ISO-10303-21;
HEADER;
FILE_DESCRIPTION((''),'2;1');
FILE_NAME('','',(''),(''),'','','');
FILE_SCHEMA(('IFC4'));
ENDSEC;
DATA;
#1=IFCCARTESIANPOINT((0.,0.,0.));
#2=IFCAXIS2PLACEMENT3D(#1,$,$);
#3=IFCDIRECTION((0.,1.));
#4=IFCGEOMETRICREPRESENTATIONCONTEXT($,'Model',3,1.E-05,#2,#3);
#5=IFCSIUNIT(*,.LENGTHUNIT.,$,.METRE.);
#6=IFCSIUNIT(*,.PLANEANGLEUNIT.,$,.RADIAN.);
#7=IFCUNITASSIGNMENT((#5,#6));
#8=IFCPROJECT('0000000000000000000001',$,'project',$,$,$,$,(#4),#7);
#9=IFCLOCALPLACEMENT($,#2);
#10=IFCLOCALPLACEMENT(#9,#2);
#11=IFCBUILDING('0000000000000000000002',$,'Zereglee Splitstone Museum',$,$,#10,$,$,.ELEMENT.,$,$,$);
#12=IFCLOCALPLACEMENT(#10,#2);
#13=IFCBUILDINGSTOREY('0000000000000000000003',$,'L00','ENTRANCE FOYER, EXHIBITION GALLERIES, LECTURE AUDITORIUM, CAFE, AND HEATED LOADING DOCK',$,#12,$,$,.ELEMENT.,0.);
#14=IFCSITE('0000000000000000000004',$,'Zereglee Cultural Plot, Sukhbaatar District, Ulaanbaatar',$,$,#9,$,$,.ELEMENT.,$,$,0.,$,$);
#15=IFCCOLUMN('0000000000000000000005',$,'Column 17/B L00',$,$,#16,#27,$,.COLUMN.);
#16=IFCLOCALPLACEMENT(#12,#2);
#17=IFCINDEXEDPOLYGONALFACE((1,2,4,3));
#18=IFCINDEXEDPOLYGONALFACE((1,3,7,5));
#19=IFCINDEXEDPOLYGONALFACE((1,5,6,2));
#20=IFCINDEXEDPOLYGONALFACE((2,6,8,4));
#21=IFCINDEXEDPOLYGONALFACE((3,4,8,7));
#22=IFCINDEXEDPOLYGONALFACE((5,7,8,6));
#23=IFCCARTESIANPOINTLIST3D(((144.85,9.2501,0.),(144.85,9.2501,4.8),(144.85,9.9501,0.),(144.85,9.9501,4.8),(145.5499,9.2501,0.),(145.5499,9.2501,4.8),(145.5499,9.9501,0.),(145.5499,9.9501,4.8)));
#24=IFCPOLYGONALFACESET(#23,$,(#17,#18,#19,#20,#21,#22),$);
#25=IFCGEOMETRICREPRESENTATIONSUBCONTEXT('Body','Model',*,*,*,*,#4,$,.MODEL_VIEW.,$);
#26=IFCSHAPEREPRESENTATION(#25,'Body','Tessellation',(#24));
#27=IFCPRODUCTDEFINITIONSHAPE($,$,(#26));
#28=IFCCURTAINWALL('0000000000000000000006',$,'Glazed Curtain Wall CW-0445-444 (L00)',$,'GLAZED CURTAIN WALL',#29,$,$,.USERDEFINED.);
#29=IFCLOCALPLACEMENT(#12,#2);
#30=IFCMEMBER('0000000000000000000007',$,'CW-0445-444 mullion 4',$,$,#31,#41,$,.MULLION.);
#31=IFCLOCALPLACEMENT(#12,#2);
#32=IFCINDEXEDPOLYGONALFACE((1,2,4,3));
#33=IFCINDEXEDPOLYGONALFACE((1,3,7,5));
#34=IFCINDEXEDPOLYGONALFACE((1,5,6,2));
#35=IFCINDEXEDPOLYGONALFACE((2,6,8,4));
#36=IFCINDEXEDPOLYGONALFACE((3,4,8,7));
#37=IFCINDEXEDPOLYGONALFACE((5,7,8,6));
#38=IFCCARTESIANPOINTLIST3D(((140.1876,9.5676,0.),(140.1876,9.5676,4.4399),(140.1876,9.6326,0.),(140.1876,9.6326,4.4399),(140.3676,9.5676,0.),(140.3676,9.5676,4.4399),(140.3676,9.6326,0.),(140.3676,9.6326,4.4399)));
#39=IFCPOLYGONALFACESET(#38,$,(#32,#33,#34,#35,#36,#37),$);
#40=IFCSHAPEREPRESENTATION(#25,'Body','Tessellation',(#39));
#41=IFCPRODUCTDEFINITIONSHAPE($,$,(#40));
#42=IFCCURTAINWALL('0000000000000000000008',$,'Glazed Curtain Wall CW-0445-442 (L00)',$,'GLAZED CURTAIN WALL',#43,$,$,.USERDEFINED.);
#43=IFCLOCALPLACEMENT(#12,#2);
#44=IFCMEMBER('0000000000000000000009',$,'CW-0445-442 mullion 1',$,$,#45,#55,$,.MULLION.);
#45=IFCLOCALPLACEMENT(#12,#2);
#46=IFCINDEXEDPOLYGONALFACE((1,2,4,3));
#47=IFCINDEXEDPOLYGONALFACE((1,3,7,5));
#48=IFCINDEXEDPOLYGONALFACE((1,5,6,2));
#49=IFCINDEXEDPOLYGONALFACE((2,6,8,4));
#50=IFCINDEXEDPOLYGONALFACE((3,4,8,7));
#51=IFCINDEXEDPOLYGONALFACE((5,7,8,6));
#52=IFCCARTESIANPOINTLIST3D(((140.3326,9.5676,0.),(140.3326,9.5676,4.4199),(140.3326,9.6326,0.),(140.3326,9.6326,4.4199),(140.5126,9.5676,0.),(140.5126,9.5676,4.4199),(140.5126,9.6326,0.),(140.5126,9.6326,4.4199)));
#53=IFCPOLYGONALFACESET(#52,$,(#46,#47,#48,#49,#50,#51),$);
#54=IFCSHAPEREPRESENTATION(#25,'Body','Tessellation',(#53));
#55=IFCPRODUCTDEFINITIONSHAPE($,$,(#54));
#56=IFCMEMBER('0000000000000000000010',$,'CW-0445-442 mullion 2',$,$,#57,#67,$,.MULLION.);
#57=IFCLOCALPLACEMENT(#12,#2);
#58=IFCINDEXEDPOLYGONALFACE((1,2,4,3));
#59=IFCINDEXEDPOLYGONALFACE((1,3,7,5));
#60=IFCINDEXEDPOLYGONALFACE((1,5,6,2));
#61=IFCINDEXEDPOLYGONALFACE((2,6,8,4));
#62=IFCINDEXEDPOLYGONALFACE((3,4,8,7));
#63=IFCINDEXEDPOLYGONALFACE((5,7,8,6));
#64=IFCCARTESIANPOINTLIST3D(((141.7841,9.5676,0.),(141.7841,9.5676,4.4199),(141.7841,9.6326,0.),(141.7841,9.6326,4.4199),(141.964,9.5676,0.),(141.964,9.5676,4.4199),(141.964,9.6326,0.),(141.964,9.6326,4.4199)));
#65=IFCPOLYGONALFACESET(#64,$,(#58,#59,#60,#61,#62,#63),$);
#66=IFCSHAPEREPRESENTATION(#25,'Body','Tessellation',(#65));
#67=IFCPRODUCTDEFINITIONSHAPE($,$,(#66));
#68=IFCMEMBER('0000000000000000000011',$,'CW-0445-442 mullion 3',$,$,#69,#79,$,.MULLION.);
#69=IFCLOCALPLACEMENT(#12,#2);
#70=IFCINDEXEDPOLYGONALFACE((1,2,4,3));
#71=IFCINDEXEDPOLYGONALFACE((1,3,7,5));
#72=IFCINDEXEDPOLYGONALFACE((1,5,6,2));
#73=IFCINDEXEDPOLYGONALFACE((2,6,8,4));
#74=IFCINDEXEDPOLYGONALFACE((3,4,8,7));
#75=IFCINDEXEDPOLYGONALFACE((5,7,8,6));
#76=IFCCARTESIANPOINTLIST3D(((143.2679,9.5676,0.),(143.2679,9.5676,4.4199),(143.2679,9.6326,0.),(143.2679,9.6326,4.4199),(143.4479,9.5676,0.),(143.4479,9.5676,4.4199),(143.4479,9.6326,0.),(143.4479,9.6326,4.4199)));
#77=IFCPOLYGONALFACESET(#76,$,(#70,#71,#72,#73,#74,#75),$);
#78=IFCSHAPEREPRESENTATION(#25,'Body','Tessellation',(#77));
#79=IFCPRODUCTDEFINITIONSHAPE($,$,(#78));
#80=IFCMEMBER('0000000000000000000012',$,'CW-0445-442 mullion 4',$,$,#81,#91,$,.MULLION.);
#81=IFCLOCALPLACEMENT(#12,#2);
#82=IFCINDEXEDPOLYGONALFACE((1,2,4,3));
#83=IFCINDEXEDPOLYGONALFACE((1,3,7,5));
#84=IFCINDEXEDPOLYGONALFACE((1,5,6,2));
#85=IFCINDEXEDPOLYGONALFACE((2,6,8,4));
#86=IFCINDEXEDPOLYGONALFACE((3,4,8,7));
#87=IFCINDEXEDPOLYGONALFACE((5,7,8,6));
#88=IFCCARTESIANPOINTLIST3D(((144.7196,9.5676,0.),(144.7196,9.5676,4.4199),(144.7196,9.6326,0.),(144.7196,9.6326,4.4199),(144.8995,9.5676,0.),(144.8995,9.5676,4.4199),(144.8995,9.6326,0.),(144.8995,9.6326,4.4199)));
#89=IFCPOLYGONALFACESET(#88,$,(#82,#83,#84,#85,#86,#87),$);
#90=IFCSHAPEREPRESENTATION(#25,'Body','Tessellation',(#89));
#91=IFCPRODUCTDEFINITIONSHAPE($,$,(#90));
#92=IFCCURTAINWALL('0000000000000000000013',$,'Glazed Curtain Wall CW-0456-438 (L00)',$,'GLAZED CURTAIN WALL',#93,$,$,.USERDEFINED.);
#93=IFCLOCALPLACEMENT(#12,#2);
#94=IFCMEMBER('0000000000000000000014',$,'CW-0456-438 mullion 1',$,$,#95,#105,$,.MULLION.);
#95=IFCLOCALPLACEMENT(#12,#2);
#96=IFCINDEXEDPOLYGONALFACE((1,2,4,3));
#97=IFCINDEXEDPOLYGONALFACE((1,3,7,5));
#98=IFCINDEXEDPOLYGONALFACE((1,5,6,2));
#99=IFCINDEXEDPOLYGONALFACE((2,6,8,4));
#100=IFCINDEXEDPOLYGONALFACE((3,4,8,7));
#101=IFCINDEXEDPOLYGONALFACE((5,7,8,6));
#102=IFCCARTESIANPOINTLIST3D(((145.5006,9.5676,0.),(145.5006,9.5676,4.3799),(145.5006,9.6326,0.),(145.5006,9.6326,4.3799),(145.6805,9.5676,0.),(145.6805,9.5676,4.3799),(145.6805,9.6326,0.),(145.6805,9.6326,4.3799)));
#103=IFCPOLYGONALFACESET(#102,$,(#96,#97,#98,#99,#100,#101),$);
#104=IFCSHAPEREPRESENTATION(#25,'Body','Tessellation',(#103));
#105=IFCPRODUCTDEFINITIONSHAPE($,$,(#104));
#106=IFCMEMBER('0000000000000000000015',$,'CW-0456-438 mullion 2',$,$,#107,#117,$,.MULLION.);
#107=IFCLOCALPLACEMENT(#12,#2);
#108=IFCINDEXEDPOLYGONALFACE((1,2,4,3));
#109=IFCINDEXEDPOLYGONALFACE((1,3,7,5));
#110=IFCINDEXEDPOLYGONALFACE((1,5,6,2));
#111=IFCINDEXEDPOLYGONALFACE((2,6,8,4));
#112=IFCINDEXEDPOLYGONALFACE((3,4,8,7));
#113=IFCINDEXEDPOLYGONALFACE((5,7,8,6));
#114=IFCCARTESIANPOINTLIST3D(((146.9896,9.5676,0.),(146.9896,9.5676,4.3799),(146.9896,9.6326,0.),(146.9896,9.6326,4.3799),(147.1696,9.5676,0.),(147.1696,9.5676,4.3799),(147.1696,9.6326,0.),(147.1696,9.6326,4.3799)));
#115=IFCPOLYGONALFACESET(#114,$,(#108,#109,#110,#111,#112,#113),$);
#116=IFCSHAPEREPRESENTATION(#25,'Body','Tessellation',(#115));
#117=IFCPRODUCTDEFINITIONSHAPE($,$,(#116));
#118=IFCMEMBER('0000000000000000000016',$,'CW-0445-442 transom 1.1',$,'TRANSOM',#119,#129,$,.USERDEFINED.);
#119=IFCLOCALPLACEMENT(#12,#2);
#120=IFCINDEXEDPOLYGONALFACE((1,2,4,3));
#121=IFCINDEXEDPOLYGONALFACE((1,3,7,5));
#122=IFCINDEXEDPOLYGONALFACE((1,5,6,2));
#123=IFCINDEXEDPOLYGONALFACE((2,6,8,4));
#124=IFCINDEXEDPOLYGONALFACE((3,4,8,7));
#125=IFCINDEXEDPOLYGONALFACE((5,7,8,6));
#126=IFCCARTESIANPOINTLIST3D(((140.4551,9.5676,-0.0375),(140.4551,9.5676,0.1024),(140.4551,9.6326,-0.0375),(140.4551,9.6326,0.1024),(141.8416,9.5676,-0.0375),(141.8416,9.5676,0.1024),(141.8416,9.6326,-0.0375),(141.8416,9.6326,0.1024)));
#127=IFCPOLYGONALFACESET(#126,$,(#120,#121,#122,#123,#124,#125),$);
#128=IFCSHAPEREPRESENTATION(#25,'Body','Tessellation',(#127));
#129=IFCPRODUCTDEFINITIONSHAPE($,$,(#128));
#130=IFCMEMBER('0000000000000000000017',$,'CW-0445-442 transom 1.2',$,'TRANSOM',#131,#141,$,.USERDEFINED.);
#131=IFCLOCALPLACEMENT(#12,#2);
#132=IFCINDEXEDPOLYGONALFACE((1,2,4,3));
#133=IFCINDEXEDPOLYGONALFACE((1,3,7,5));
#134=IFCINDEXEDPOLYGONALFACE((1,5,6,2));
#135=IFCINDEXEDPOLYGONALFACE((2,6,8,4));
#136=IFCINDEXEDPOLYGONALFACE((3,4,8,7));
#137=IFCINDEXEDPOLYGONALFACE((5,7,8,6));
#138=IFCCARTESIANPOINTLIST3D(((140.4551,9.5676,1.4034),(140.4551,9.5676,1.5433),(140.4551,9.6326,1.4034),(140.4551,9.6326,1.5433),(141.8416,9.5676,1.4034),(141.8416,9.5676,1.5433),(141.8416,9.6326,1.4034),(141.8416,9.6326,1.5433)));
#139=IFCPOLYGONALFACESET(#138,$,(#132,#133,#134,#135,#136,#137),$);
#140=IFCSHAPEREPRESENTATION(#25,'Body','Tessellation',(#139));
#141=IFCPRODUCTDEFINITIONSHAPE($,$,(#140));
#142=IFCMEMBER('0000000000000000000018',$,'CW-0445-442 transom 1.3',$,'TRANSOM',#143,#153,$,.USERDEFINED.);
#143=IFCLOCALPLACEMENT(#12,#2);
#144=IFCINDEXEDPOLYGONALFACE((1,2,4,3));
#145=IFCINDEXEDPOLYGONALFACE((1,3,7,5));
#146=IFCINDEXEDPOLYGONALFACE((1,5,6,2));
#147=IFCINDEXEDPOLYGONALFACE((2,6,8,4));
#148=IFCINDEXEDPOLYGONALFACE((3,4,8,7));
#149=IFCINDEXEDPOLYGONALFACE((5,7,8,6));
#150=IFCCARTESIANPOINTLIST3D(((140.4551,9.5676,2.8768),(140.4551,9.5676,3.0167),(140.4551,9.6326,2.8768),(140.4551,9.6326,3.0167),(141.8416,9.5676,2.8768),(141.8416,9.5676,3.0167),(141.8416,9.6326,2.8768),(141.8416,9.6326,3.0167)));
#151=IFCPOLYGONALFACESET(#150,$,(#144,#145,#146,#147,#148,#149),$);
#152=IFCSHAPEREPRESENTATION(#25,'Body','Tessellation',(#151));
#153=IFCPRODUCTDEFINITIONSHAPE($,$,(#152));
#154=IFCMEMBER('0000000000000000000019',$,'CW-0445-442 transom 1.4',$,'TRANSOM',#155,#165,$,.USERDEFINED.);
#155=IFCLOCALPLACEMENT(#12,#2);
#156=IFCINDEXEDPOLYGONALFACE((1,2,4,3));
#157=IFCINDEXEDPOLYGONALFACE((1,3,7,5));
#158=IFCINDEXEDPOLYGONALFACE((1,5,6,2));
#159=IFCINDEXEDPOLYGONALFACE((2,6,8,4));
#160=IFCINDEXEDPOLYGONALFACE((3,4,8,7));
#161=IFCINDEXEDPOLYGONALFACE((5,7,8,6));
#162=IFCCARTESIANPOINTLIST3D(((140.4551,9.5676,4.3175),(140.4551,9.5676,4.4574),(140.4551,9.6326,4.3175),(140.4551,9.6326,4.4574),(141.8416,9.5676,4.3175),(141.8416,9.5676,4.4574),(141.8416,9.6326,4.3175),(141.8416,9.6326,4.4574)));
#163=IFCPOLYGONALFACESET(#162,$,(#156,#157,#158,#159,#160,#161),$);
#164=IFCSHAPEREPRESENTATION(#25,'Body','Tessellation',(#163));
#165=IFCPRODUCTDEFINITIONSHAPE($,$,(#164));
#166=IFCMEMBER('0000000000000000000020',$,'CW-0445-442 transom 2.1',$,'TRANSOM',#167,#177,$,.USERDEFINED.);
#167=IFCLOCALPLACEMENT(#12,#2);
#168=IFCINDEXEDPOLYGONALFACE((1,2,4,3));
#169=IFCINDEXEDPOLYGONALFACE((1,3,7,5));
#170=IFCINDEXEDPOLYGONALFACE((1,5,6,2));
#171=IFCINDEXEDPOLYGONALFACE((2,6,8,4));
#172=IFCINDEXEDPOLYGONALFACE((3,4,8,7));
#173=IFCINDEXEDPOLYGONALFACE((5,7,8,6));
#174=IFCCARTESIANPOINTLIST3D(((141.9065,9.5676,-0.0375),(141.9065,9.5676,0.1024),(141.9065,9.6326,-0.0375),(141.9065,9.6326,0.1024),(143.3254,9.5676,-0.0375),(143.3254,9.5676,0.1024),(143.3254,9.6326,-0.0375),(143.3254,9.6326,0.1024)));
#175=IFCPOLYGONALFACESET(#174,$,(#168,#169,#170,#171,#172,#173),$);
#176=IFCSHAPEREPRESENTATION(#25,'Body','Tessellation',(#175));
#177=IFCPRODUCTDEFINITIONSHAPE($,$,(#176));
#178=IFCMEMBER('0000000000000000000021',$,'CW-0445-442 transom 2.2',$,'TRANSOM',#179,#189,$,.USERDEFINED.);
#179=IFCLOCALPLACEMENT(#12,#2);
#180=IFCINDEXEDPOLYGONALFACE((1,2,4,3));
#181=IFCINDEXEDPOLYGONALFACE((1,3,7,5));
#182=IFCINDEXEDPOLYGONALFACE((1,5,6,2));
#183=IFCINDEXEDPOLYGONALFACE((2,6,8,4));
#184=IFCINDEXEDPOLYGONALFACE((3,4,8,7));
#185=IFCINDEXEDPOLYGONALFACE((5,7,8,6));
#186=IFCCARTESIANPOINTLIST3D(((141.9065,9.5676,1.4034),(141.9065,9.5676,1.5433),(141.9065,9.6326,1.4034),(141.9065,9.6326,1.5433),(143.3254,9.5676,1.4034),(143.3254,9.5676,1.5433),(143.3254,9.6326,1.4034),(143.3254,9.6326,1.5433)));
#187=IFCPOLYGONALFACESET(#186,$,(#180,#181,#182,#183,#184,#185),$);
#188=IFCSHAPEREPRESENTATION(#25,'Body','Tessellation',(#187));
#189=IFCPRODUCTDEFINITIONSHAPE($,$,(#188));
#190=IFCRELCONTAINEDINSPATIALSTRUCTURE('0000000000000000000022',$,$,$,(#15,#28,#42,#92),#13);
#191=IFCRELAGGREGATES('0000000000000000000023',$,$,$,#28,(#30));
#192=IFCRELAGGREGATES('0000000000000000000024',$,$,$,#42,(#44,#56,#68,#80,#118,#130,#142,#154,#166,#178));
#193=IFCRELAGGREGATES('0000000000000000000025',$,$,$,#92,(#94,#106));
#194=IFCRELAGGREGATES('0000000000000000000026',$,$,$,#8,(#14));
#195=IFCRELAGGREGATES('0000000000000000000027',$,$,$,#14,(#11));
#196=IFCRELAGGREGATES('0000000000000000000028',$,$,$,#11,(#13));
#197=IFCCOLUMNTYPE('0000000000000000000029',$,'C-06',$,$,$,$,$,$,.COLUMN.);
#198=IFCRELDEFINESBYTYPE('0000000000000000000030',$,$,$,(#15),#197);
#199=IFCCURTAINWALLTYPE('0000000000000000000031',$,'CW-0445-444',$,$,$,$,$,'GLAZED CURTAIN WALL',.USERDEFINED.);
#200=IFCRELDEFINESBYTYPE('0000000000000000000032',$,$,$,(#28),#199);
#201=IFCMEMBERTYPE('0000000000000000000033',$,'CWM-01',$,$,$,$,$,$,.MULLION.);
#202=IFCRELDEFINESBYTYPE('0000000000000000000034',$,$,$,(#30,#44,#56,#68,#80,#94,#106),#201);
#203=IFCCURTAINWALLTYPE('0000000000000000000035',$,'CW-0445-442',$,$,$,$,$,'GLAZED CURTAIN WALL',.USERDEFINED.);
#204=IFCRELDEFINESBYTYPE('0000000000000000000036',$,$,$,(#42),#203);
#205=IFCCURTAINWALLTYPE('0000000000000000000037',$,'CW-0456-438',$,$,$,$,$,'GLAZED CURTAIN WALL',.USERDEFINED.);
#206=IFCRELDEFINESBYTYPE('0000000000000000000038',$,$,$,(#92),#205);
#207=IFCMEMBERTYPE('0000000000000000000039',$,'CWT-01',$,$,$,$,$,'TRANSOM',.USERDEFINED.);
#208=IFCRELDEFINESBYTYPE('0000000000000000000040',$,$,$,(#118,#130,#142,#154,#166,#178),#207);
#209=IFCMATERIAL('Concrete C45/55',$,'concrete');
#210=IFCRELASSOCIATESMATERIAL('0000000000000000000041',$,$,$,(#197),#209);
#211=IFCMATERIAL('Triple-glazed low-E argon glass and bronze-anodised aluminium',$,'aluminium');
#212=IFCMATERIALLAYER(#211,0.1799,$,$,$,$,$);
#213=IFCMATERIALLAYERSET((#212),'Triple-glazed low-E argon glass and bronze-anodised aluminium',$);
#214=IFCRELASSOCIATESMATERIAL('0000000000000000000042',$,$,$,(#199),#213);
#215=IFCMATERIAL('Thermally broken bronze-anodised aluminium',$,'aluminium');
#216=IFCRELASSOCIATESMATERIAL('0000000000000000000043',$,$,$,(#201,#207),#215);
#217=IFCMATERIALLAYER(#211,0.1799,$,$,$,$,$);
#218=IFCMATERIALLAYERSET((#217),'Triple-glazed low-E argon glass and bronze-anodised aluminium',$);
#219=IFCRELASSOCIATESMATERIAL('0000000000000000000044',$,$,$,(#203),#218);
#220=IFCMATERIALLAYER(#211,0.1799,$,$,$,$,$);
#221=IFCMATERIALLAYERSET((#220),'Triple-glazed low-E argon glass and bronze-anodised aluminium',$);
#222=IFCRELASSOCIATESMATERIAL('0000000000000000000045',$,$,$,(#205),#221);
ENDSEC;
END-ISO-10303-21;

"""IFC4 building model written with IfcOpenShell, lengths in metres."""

from ifc_helpers import new_model, si_unit, direction, frame, origin, origin_2d, place, context, subcontext, project, spatial, rectangle, extrude, material, layer, layer_set, material_profile, profile_set, type_object, element, aggregate, save


model = new_model("IFC4")

# Units and contexts
model_context = context("Model", 3, precision=1e-05, world=origin(), true_north=direction((0.0, 1.0)))
body_context = subcontext(model_context, "Body", "Model", "MODEL_VIEW")
ifc_project = project(units=[si_unit("LENGTHUNIT", "METRE"), si_unit("PLANEANGLEUNIT", "RADIAN")], contexts=[model_context])

# Site, building, storey
site_placement = place(None, origin())
site = spatial("IfcSite", under=ifc_project, at=site_placement, Name="Zereglee Cultural Plot, Sukhbaatar District, Ulaanbaatar", CompositionType="ELEMENT", RefElevation=0.0)
building_placement = place(site_placement, origin())
building = spatial("IfcBuilding", under=site, at=building_placement, Name="Zereglee Splitstone Museum", CompositionType="ELEMENT")
storey_placement = place(building_placement, origin())
storey = spatial("IfcBuildingStorey", under=building, at=storey_placement, Name="L00", Description="ENTRANCE FOYER, EXHIBITION GALLERIES, LECTURE AUDITORIUM, CAFE, AND HEATED LOADING DOCK", CompositionType="ELEMENT", Elevation=0.0)

# Column
ifc_material_1 = material(Name="Concrete C45/55", Category="concrete")
ifc_material_profile_1 = material_profile(ifc_material_1, rectangle(XDim=0.7, YDim=0.7, at=origin_2d()), Name="RC 700x700")
ifc_profile_set_1 = profile_set([ifc_material_profile_1], Name="Concrete C45/55")
column_type = type_object("IfcColumnType", Name="C-06", PredefinedType="COLUMN", material=ifc_profile_set_1)
column_placement = place(storey_placement, frame((145.2, 9.6001, 0.0), z_axis=(0.0, 0.0, 1.0), x_axis=(1.0, 0.0, 0.0)))
element("IfcColumn", 1, at=column_placement, inside=storey, type_object=column_type, Name="Column 17/B L00", PredefinedType="COLUMN", context=body_context, shape_type="SweptSolid", body=[
    extrude(rectangle(XDim=0.7, YDim=0.7, at=origin_2d()), origin(), (0.0, 0.0, 1.0), 4.8),
])

# Curtain wall, member
ifc_material_2 = material(Name="Triple-glazed low-E argon glass and bronze-anodised aluminium", Category="aluminium")
ifc_layer_1 = layer(ifc_material_2, 0.1799)
ifc_layer_set_1 = layer_set([ifc_layer_1], Name="Triple-glazed low-E argon glass and bronze-anodised aluminium")
curtain_wall_type_1 = type_object("IfcCurtainWallType", Name="CW-0445-444", ElementType="GLAZED CURTAIN WALL", PredefinedType="USERDEFINED", material=ifc_layer_set_1)
curtain_wall_1_placement = place(storey_placement, origin())
curtain_wall_1 = element("IfcCurtainWall", 2, at=curtain_wall_1_placement, inside=storey, type_object=curtain_wall_type_1, Name="Glazed Curtain Wall CW-0445-444 (L00)", ObjectType="GLAZED CURTAIN WALL", PredefinedType="USERDEFINED")
ifc_material_3 = material(Name="Thermally broken bronze-anodised aluminium", Category="aluminium")
ifc_material_profile_2 = material_profile(ifc_material_3, rectangle(XDim=0.0649, YDim=0.1799, at=origin_2d()), Name="CW MULL 65x180")
ifc_profile_set_2 = profile_set([ifc_material_profile_2], Name="Thermally broken bronze-anodised aluminium")
member_type_1 = type_object("IfcMemberType", Name="CWM-01", PredefinedType="MULLION", material=ifc_profile_set_2)
member_1_placement = place(storey_placement, frame((140.2776, 9.6001, 0.0), z_axis=(0.0, 0.0, 1.0), x_axis=(0.0, 1.0, 0.0)))
member_1 = element("IfcMember", 3, at=member_1_placement, type_object=member_type_1, Name="CW-0445-444 mullion 4", PredefinedType="MULLION", context=body_context, shape_type="SweptSolid", body=[
    extrude(rectangle(XDim=0.0649, YDim=0.1799, at=origin_2d()), origin(), (0.0, 0.0, 1.0), 4.4399),
])
aggregate(curtain_wall_1, [member_1])

# Curtain walls, members
ifc_layer_2 = layer(ifc_material_2, 0.1799)
ifc_layer_set_2 = layer_set([ifc_layer_2], Name="Triple-glazed low-E argon glass and bronze-anodised aluminium")
curtain_wall_type_2 = type_object("IfcCurtainWallType", Name="CW-0445-442", ElementType="GLAZED CURTAIN WALL", PredefinedType="USERDEFINED", material=ifc_layer_set_2)
curtain_wall_2_placement = place(storey_placement, origin())
curtain_wall_2 = element("IfcCurtainWall", 4, at=curtain_wall_2_placement, inside=storey, type_object=curtain_wall_type_2, Name="Glazed Curtain Wall CW-0445-442 (L00)", ObjectType="GLAZED CURTAIN WALL", PredefinedType="USERDEFINED")
member_2_placement = place(storey_placement, frame((140.4226, 9.6001, 0.0), z_axis=(0.0, 0.0, 1.0), x_axis=(0.0, 1.0, 0.0)))
member_2 = element("IfcMember", 5, at=member_2_placement, type_object=member_type_1, Name="CW-0445-442 mullion 1", PredefinedType="MULLION", context=body_context, shape_type="SweptSolid", body=[
    extrude(rectangle(XDim=0.0649, YDim=0.1799, at=origin_2d()), origin(), (0.0, 0.0, 1.0), 4.4199),
])
member_3_placement = place(storey_placement, frame((141.874, 9.6001, 0.0), z_axis=(0.0, 0.0, 1.0), x_axis=(0.0, 1.0, 0.0)))
member_3 = element("IfcMember", 6, at=member_3_placement, type_object=member_type_1, Name="CW-0445-442 mullion 2", PredefinedType="MULLION", context=body_context, shape_type="SweptSolid", body=[
    extrude(rectangle(XDim=0.0649, YDim=0.1799, at=origin_2d()), origin(), (0.0, 0.0, 1.0), 4.4199),
])
member_4_placement = place(storey_placement, frame((143.3579, 9.6001, 0.0), z_axis=(0.0, 0.0, 1.0), x_axis=(0.0, 1.0, 0.0)))
member_4 = element("IfcMember", 7, at=member_4_placement, type_object=member_type_1, Name="CW-0445-442 mullion 3", PredefinedType="MULLION", context=body_context, shape_type="SweptSolid", body=[
    extrude(rectangle(XDim=0.0649, YDim=0.1799, at=origin_2d()), origin(), (0.0, 0.0, 1.0), 4.4199),
])
member_5_placement = place(storey_placement, frame((144.8096, 9.6001, 0.0), z_axis=(0.0, 0.0, 1.0), x_axis=(0.0, 1.0, 0.0)))
member_5 = element("IfcMember", 8, at=member_5_placement, type_object=member_type_1, Name="CW-0445-442 mullion 4", PredefinedType="MULLION", context=body_context, shape_type="SweptSolid", body=[
    extrude(rectangle(XDim=0.0649, YDim=0.1799, at=origin_2d()), origin(), (0.0, 0.0, 1.0), 4.4199),
])
ifc_layer_3 = layer(ifc_material_2, 0.1799)
ifc_layer_set_3 = layer_set([ifc_layer_3], Name="Triple-glazed low-E argon glass and bronze-anodised aluminium")
curtain_wall_type_3 = type_object("IfcCurtainWallType", Name="CW-0456-438", ElementType="GLAZED CURTAIN WALL", PredefinedType="USERDEFINED", material=ifc_layer_set_3)
curtain_wall_3_placement = place(storey_placement, origin())
curtain_wall_3 = element("IfcCurtainWall", 9, at=curtain_wall_3_placement, inside=storey, type_object=curtain_wall_type_3, Name="Glazed Curtain Wall CW-0456-438 (L00)", ObjectType="GLAZED CURTAIN WALL", PredefinedType="USERDEFINED")
member_6_placement = place(storey_placement, frame((145.5906, 9.6001, 0.0), z_axis=(0.0, 0.0, 1.0), x_axis=(0.0, 1.0, 0.0)))
member_6 = element("IfcMember", 10, at=member_6_placement, type_object=member_type_1, Name="CW-0456-438 mullion 1", PredefinedType="MULLION", context=body_context, shape_type="SweptSolid", body=[
    extrude(rectangle(XDim=0.0649, YDim=0.1799, at=origin_2d()), origin(), (0.0, 0.0, 1.0), 4.3799),
])
member_7_placement = place(storey_placement, frame((147.0796, 9.6001, 0.0), z_axis=(0.0, 0.0, 1.0), x_axis=(0.0, 1.0, 0.0)))
member_7 = element("IfcMember", 11, at=member_7_placement, type_object=member_type_1, Name="CW-0456-438 mullion 2", PredefinedType="MULLION", context=body_context, shape_type="SweptSolid", body=[
    extrude(rectangle(XDim=0.0649, YDim=0.1799, at=origin_2d()), origin(), (0.0, 0.0, 1.0), 4.3799),
])

# Members
ifc_material_profile_3 = material_profile(ifc_material_3, rectangle(XDim=0.0649, YDim=0.1399, at=origin_2d()), Name="CW TRAN 65x140")
ifc_profile_set_3 = profile_set([ifc_material_profile_3], Name="Thermally broken bronze-anodised aluminium")
member_type_2 = type_object("IfcMemberType", Name="CWT-01", ElementType="TRANSOM", PredefinedType="USERDEFINED", material=ifc_profile_set_3)
member_8_placement = place(storey_placement, frame((140.4551, 9.6001, 0.0325), z_axis=(1.0, 0.0, 0.0), x_axis=(0.0, 1.0, 0.0)))
member_8 = element("IfcMember", 12, at=member_8_placement, type_object=member_type_2, Name="CW-0445-442 transom 1.1", ObjectType="TRANSOM", PredefinedType="USERDEFINED", context=body_context, shape_type="SweptSolid", body=[
    extrude(rectangle(XDim=0.0649, YDim=0.1399, at=origin_2d()), origin(), (0.0, 0.0, 1.0), 1.3865),
])
member_9_placement = place(storey_placement, frame((140.4551, 9.6001, 1.4734), z_axis=(1.0, 0.0, 0.0), x_axis=(0.0, 1.0, 0.0)))
member_9 = element("IfcMember", 13, at=member_9_placement, type_object=member_type_2, Name="CW-0445-442 transom 1.2", ObjectType="TRANSOM", PredefinedType="USERDEFINED", context=body_context, shape_type="SweptSolid", body=[
    extrude(rectangle(XDim=0.0649, YDim=0.1399, at=origin_2d()), origin(), (0.0, 0.0, 1.0), 1.3865),
])
member_10_placement = place(storey_placement, frame((140.4551, 9.6001, 2.9468), z_axis=(1.0, 0.0, 0.0), x_axis=(0.0, 1.0, 0.0)))
member_10 = element("IfcMember", 14, at=member_10_placement, type_object=member_type_2, Name="CW-0445-442 transom 1.3", ObjectType="TRANSOM", PredefinedType="USERDEFINED", context=body_context, shape_type="SweptSolid", body=[
    extrude(rectangle(XDim=0.0649, YDim=0.1399, at=origin_2d()), origin(), (0.0, 0.0, 1.0), 1.3865),
])
member_11_placement = place(storey_placement, frame((140.4551, 9.6001, 4.3875), z_axis=(1.0, 0.0, 0.0), x_axis=(0.0, 1.0, 0.0)))
member_11 = element("IfcMember", 15, at=member_11_placement, type_object=member_type_2, Name="CW-0445-442 transom 1.4", ObjectType="TRANSOM", PredefinedType="USERDEFINED", context=body_context, shape_type="SweptSolid", body=[
    extrude(rectangle(XDim=0.0649, YDim=0.1399, at=origin_2d()), origin(), (0.0, 0.0, 1.0), 1.3865),
])
member_12_placement = place(storey_placement, frame((141.9065, 9.6001, 0.0325), z_axis=(1.0, 0.0, 0.0), x_axis=(0.0, 1.0, 0.0)))
member_12 = element("IfcMember", 16, at=member_12_placement, type_object=member_type_2, Name="CW-0445-442 transom 2.1", ObjectType="TRANSOM", PredefinedType="USERDEFINED", context=body_context, shape_type="SweptSolid", body=[
    extrude(rectangle(XDim=0.0649, YDim=0.1399, at=origin_2d()), origin(), (0.0, 0.0, 1.0), 1.4189),
])
member_13_placement = place(storey_placement, frame((141.9065, 9.6001, 1.4734), z_axis=(1.0, 0.0, 0.0), x_axis=(0.0, 1.0, 0.0)))
member_13 = element("IfcMember", 17, at=member_13_placement, type_object=member_type_2, Name="CW-0445-442 transom 2.2", ObjectType="TRANSOM", PredefinedType="USERDEFINED", context=body_context, shape_type="SweptSolid", body=[
    extrude(rectangle(XDim=0.0649, YDim=0.1399, at=origin_2d()), origin(), (0.0, 0.0, 1.0), 1.4189),
])

aggregate(curtain_wall_2, [member_2, member_3, member_4, member_5, member_8, member_9, member_10, member_11, member_12, member_13])
aggregate(curtain_wall_3, [member_6, member_7])

save(model, "model.ifc")
